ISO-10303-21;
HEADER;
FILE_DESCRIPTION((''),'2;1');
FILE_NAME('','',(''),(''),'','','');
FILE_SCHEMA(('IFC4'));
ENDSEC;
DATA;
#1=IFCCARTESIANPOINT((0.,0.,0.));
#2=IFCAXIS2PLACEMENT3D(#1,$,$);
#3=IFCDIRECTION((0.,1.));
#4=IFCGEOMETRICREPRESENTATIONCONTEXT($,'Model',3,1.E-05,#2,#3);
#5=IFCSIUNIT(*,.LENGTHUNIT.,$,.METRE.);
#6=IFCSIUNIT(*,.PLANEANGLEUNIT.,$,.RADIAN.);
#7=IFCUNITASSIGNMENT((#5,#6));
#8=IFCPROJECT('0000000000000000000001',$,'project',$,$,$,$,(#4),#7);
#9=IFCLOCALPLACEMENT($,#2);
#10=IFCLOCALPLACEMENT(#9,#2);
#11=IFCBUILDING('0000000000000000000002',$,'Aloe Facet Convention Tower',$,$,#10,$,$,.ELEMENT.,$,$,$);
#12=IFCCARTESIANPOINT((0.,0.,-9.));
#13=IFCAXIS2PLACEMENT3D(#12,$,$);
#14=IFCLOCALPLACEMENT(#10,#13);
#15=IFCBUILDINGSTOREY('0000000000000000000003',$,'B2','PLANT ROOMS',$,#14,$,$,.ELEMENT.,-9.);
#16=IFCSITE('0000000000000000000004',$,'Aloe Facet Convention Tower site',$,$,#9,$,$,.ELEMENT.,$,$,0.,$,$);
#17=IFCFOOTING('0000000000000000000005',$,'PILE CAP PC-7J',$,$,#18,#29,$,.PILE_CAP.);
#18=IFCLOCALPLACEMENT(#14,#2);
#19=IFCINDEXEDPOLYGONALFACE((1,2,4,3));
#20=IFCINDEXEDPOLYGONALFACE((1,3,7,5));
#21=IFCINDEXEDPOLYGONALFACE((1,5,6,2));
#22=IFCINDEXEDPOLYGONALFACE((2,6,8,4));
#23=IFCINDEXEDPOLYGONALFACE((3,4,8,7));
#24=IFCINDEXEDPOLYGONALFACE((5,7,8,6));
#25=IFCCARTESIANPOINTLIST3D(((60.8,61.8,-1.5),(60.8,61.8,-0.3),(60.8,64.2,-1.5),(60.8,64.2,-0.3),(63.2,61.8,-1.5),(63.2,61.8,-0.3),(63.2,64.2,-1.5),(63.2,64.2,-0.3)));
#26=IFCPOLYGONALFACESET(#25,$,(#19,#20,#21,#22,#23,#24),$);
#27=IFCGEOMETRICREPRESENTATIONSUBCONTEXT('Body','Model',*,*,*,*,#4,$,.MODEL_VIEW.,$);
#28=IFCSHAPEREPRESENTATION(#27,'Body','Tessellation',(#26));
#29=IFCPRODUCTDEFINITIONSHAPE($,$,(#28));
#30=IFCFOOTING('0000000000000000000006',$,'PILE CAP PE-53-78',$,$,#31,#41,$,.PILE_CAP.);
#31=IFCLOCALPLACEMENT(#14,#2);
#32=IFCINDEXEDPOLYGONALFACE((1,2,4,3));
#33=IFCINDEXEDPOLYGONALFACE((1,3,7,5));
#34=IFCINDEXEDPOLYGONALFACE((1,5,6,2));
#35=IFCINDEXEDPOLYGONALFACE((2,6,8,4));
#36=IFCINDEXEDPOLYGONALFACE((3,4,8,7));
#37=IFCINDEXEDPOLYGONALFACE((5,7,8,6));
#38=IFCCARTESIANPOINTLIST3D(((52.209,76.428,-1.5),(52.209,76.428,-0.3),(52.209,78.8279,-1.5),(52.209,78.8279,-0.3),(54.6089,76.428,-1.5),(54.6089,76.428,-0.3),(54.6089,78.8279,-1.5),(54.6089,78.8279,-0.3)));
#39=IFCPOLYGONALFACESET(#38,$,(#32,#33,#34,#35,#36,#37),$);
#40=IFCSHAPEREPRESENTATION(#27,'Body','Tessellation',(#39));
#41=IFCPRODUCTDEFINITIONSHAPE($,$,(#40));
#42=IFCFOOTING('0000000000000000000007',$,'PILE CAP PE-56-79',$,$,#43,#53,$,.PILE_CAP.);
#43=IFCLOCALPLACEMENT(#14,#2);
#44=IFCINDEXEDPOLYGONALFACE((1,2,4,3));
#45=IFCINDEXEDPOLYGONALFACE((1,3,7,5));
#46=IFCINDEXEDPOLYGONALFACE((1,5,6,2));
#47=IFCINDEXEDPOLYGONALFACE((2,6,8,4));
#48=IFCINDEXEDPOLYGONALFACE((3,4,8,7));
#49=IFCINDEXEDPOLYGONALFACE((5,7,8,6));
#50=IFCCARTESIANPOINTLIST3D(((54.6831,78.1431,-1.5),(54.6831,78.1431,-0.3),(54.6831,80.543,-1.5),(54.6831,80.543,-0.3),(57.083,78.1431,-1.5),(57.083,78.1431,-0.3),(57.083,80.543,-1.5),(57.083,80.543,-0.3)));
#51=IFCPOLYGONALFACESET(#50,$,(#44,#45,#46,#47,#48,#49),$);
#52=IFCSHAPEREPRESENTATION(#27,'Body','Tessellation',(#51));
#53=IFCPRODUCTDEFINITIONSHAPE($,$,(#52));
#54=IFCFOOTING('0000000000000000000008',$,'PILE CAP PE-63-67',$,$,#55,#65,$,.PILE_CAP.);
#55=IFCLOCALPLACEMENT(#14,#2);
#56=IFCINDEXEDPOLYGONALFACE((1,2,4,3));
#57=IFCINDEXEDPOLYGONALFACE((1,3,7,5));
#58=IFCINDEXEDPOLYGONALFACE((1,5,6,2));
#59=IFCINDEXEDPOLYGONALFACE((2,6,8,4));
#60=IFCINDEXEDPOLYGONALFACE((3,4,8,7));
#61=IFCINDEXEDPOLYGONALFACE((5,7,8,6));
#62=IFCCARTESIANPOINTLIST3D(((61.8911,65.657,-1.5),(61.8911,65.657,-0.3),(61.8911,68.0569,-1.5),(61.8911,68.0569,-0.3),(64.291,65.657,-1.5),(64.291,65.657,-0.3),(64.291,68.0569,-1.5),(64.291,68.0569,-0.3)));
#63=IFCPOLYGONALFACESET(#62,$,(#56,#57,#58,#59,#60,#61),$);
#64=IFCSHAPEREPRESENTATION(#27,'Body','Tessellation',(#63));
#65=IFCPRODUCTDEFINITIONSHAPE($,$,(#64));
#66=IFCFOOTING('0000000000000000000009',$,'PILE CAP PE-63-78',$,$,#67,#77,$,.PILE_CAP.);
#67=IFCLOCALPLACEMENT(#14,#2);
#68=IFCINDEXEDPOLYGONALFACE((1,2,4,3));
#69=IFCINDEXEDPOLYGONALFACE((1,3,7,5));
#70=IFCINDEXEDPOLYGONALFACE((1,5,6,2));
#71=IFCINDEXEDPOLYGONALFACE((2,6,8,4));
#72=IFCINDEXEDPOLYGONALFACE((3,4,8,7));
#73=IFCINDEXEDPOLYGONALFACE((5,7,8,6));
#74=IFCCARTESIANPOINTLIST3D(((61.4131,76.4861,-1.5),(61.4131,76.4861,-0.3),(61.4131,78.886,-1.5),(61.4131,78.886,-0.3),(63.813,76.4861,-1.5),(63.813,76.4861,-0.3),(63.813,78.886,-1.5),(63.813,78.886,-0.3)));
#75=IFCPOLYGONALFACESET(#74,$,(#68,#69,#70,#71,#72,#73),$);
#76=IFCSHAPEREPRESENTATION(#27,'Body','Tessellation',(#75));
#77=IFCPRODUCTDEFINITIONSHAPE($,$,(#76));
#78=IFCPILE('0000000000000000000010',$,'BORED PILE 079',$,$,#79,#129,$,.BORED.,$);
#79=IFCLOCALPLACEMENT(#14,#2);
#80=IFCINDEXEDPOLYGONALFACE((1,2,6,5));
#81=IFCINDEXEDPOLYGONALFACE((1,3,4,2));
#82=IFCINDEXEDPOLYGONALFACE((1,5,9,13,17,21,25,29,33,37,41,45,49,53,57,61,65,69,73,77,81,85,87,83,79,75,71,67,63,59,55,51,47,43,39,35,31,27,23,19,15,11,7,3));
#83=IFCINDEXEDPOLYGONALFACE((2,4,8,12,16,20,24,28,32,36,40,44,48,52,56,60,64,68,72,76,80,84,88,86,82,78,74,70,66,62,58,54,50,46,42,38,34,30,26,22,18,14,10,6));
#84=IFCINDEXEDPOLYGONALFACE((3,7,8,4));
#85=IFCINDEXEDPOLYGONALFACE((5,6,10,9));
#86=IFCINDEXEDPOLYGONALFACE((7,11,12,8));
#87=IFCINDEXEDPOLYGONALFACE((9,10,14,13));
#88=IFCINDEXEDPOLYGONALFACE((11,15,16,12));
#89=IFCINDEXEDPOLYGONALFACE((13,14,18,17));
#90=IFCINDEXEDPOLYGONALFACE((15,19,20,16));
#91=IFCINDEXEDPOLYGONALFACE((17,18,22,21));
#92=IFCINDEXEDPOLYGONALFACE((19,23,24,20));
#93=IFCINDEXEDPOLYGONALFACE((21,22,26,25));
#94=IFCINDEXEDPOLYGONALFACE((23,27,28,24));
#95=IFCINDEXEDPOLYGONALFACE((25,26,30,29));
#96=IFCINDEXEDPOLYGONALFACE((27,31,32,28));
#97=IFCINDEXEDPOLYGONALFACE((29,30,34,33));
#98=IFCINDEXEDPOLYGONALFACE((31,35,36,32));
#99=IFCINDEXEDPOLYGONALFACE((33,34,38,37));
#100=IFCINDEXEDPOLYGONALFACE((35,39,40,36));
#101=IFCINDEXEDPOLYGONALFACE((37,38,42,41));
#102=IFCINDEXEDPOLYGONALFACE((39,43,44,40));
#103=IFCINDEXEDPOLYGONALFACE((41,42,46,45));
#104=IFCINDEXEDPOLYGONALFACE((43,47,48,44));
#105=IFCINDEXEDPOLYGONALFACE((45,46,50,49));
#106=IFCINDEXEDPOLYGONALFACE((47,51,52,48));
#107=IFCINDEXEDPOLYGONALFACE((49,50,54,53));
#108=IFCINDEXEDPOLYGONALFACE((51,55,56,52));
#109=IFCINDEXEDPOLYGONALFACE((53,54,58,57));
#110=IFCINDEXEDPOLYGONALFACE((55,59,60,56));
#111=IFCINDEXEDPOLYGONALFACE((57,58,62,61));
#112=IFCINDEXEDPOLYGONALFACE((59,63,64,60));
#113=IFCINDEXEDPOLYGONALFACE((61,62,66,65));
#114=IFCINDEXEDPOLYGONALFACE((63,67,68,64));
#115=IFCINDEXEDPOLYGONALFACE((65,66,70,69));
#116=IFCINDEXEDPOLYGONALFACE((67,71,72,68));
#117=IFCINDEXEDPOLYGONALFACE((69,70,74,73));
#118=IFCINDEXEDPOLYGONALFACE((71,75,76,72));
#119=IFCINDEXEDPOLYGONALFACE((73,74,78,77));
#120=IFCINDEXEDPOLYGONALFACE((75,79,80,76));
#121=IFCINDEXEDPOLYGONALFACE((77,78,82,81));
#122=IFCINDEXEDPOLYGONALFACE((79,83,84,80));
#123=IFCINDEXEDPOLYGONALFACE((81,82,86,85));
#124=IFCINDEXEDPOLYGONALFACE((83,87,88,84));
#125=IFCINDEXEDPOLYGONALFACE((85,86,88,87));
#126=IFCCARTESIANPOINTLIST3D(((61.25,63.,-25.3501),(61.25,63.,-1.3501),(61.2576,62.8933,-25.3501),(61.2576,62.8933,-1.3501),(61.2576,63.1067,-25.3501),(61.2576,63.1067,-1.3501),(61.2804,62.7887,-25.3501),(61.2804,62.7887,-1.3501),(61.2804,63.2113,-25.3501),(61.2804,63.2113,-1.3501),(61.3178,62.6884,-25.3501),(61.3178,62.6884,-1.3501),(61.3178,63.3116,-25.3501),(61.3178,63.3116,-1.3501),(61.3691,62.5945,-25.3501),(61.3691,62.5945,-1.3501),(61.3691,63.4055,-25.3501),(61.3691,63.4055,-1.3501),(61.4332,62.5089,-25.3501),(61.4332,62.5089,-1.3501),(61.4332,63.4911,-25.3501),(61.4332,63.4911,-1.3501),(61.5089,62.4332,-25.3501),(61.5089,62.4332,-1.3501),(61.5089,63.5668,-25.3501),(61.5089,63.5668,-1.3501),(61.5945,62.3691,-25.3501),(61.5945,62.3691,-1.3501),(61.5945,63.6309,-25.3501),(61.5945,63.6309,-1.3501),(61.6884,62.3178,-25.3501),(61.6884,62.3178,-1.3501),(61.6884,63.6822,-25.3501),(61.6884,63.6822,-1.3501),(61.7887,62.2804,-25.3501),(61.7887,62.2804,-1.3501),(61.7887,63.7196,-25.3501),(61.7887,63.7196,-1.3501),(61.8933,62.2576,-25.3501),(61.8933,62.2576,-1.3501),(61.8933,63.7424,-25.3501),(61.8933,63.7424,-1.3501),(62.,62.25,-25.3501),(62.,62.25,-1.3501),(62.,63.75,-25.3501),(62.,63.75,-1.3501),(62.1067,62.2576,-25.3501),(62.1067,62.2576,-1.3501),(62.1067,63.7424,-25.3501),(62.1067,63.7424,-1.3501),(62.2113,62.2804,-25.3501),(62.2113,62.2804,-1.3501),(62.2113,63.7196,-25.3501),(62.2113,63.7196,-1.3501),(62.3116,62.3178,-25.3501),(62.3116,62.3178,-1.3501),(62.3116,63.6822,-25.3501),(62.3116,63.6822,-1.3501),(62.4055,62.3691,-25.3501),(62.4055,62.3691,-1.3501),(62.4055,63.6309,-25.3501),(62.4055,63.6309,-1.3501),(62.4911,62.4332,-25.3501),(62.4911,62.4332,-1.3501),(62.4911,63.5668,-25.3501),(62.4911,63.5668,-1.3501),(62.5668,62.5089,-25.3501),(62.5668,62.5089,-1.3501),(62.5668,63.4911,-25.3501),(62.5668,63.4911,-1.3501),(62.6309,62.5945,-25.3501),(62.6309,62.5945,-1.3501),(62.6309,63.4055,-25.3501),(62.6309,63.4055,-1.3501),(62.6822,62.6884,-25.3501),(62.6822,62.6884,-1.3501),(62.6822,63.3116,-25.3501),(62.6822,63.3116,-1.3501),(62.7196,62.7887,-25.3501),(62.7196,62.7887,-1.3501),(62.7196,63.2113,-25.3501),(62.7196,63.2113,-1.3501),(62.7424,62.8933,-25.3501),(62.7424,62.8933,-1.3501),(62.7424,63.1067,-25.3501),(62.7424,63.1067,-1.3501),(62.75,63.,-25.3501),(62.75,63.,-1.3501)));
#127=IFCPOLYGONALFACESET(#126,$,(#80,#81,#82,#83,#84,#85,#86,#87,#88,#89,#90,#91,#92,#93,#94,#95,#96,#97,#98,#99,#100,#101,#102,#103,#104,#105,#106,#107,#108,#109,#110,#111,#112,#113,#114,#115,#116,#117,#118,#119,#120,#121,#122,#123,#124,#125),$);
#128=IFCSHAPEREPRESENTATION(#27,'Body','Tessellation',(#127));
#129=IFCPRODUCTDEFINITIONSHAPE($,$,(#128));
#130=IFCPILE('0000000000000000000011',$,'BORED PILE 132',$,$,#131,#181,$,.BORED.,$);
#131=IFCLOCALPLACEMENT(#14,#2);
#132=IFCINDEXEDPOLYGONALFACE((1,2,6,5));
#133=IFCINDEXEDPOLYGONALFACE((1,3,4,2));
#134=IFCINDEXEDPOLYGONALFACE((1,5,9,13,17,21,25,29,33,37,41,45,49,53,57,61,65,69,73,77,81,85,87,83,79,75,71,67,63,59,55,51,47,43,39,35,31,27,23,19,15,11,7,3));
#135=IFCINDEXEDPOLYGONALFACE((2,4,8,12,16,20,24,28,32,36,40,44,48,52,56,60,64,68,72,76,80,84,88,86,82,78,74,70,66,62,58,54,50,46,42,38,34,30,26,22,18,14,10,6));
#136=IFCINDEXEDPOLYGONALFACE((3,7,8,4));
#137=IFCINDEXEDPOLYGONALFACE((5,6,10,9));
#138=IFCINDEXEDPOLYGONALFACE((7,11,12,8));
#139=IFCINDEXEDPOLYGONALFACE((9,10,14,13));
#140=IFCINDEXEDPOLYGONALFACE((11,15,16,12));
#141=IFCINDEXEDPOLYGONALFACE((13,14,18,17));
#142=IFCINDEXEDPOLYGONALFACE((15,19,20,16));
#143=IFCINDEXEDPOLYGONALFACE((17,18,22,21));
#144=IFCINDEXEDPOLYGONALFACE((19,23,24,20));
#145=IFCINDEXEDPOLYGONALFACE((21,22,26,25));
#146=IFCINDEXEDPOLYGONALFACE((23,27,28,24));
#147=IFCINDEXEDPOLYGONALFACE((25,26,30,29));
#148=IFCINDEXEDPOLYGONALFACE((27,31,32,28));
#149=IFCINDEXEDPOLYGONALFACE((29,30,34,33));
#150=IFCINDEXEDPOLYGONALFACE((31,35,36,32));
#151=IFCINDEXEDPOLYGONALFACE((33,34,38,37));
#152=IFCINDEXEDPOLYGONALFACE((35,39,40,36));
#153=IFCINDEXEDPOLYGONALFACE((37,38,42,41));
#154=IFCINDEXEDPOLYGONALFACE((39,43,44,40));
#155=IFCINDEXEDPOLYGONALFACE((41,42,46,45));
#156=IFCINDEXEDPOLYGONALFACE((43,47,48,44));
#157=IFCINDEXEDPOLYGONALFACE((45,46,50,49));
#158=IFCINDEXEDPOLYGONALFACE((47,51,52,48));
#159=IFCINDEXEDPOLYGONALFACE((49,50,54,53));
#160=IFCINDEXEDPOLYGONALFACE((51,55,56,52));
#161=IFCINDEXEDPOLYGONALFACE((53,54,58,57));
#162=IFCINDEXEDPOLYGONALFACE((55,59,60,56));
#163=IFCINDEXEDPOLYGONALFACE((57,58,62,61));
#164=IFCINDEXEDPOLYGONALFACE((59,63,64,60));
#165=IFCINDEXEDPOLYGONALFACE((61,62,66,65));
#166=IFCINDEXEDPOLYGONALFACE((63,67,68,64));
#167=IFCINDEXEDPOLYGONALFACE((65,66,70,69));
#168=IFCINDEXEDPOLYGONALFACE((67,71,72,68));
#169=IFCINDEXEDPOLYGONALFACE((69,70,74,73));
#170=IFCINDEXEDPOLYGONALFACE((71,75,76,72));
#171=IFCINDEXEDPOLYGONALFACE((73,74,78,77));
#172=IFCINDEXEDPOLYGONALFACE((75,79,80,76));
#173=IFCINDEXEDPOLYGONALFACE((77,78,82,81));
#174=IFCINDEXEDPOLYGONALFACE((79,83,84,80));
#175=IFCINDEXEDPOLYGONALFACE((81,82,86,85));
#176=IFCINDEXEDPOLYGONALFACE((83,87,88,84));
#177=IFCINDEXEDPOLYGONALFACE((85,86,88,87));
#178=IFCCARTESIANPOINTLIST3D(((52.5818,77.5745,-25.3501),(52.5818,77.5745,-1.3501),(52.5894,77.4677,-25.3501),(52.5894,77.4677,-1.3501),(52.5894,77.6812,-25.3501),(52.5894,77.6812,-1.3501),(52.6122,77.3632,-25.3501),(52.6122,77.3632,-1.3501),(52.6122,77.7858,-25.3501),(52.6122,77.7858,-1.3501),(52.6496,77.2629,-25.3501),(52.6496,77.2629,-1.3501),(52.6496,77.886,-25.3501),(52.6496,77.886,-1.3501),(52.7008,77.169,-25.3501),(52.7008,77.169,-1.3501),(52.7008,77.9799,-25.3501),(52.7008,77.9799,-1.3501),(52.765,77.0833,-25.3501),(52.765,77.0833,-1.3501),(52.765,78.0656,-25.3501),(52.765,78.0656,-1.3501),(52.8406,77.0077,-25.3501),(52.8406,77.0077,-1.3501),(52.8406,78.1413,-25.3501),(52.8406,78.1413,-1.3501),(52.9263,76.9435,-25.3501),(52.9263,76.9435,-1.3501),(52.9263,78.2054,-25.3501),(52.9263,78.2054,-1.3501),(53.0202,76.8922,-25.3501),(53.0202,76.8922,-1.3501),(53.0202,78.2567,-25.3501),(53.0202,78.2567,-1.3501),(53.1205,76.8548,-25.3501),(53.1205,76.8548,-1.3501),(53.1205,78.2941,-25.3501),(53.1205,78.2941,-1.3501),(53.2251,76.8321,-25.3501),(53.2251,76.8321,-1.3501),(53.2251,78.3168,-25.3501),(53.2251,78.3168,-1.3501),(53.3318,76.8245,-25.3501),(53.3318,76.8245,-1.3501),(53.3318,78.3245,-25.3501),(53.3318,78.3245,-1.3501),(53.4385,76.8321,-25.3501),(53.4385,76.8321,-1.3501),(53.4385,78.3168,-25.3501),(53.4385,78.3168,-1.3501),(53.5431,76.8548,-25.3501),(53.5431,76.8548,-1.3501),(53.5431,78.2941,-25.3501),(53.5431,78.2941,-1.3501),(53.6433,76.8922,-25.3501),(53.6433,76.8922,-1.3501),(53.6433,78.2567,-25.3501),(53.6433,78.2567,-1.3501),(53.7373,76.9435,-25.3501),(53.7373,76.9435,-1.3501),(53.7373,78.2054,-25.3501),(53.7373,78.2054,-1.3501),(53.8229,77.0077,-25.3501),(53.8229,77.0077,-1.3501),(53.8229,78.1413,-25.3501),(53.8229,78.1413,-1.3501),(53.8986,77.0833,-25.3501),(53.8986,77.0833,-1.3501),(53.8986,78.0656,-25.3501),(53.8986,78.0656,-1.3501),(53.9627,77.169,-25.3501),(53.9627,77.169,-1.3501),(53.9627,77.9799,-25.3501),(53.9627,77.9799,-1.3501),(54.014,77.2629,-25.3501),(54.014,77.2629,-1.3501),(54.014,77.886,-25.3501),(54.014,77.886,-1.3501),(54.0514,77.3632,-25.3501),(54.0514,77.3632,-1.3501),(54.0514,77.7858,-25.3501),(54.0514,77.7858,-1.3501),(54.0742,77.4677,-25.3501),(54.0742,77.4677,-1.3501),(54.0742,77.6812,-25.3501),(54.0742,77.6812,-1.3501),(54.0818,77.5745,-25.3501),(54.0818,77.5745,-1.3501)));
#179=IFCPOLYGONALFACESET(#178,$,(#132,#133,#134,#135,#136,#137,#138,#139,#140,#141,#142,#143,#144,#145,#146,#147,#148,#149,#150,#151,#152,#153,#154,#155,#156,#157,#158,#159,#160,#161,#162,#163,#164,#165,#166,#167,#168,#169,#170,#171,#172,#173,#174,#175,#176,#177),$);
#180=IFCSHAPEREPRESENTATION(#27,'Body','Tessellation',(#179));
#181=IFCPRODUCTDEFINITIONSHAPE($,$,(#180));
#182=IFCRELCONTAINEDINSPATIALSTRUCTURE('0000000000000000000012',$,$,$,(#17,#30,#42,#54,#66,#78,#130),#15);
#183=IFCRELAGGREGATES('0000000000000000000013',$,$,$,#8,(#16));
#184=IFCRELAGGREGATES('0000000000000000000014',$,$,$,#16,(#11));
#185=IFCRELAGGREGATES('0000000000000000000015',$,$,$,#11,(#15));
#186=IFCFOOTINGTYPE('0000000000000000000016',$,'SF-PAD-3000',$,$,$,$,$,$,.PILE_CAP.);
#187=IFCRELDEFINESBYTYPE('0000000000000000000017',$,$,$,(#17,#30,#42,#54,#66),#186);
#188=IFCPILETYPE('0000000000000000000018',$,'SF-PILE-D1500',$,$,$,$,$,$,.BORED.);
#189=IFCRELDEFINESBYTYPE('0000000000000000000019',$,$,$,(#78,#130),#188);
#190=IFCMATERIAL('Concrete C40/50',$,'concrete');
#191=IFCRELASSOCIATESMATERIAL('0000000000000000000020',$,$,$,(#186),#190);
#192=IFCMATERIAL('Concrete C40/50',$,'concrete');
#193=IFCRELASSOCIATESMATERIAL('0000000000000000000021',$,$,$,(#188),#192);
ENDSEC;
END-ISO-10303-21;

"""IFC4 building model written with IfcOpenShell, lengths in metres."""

from ifc_helpers import new_model, si_unit, direction, frame, origin, origin_2d, place, context, subcontext, project, spatial, rectangle, circle, extrude, material, material_profile, profile_set, type_object, element, save


model = new_model("IFC4")

# Units and contexts
model_context = context("Model", 3, precision=1e-05, world=origin(), true_north=direction((0.0, 1.0)))
body_context = subcontext(model_context, "Body", "Model", "MODEL_VIEW")
ifc_project = project(units=[si_unit("LENGTHUNIT", "METRE"), si_unit("PLANEANGLEUNIT", "RADIAN")], contexts=[model_context])

# Site, building, storey
site_placement = place(None, origin())
site = spatial("IfcSite", under=ifc_project, at=site_placement, Name="Aloe Facet Convention Tower site", CompositionType="ELEMENT", RefElevation=0.0)
building_placement = place(site_placement, origin())
building = spatial("IfcBuilding", under=site, at=building_placement, Name="Aloe Facet Convention Tower", CompositionType="ELEMENT")
storey_placement = place(building_placement, frame((0.0, 0.0, -9.0)))
storey = spatial("IfcBuildingStorey", under=building, at=storey_placement, Name="B2", Description="PLANT ROOMS", CompositionType="ELEMENT", Elevation=-9.0)

# Footings
ifc_material_1 = material(Name="Concrete C40/50", Category="concrete")
footing_type = type_object("IfcFootingType", Name="SF-PAD-3000", PredefinedType="PILE_CAP", material=ifc_material_1)
for number, where, z_axis, x_axis, name in (
    (1, (62.0, 63.0, -1.5), (0.0, 0.0, 1.0), (1.0, 0.0, 0.0), "PILE CAP PC-7J"),
    (2, (53.4089, 77.6279, -1.5), (0.0, 0.0, 1.0), (1.0, 0.0, 0.0), "PILE CAP PE-53-78"),
    (3, (55.8831, 79.343, -1.5), (0.0, 0.0, 1.0), (1.0, 0.0, 0.0), "PILE CAP PE-56-79"),
    (4, (63.0911, 66.8569, -1.5), (0.0, 0.0, 1.0), (1.0, 0.0, 0.0), "PILE CAP PE-63-67"),
    (5, (62.613, 77.686, -1.5), (0.0, 0.0, 1.0), (1.0, 0.0, 0.0), "PILE CAP PE-63-78"),
):
    element("IfcFooting", number, at=place(storey_placement, frame(where, z_axis=z_axis, x_axis=x_axis)), inside=storey, type_object=footing_type, Name=name, PredefinedType="PILE_CAP", context=body_context, shape_type="SweptSolid", body=[
        extrude(rectangle(XDim=2.3999, YDim=2.3999, at=origin_2d()), origin(), (0.0, 0.0, 1.0), 1.2),
    ])

# Piles
ifc_material_2 = material(Name="Concrete C40/50", Category="concrete")
ifc_material_profile_1 = material_profile(ifc_material_2, circle(Radius=0.75, at=origin_2d()), Name="D1500")
ifc_profile_set_1 = profile_set([ifc_material_profile_1], Name="Concrete C40/50")
pile_type = type_object("IfcPileType", Name="SF-PILE-D1500", PredefinedType="BORED", material=ifc_profile_set_1)
for number, where, z_axis, x_axis, name in (
    (6, (62.0, 63.0, -1.3501), (0.0, 0.0, -1.0), (1.0, 0.0, 0.0), "BORED PILE 079"),
    (7, (53.3318, 77.5745, -1.3501), (0.0, 0.0, -1.0), (1.0, 0.0, 0.0), "BORED PILE 132"),
):
    element("IfcPile", number, at=place(storey_placement, frame(where, z_axis=z_axis, x_axis=x_axis)), inside=storey, type_object=pile_type, Name=name, PredefinedType="BORED", context=body_context, shape_type="SweptSolid", body=[
        extrude(circle(Radius=0.75, at=origin_2d()), origin(), (0.0, 0.0, 1.0), 24.0),
    ])

save(model, "model.ifc")
